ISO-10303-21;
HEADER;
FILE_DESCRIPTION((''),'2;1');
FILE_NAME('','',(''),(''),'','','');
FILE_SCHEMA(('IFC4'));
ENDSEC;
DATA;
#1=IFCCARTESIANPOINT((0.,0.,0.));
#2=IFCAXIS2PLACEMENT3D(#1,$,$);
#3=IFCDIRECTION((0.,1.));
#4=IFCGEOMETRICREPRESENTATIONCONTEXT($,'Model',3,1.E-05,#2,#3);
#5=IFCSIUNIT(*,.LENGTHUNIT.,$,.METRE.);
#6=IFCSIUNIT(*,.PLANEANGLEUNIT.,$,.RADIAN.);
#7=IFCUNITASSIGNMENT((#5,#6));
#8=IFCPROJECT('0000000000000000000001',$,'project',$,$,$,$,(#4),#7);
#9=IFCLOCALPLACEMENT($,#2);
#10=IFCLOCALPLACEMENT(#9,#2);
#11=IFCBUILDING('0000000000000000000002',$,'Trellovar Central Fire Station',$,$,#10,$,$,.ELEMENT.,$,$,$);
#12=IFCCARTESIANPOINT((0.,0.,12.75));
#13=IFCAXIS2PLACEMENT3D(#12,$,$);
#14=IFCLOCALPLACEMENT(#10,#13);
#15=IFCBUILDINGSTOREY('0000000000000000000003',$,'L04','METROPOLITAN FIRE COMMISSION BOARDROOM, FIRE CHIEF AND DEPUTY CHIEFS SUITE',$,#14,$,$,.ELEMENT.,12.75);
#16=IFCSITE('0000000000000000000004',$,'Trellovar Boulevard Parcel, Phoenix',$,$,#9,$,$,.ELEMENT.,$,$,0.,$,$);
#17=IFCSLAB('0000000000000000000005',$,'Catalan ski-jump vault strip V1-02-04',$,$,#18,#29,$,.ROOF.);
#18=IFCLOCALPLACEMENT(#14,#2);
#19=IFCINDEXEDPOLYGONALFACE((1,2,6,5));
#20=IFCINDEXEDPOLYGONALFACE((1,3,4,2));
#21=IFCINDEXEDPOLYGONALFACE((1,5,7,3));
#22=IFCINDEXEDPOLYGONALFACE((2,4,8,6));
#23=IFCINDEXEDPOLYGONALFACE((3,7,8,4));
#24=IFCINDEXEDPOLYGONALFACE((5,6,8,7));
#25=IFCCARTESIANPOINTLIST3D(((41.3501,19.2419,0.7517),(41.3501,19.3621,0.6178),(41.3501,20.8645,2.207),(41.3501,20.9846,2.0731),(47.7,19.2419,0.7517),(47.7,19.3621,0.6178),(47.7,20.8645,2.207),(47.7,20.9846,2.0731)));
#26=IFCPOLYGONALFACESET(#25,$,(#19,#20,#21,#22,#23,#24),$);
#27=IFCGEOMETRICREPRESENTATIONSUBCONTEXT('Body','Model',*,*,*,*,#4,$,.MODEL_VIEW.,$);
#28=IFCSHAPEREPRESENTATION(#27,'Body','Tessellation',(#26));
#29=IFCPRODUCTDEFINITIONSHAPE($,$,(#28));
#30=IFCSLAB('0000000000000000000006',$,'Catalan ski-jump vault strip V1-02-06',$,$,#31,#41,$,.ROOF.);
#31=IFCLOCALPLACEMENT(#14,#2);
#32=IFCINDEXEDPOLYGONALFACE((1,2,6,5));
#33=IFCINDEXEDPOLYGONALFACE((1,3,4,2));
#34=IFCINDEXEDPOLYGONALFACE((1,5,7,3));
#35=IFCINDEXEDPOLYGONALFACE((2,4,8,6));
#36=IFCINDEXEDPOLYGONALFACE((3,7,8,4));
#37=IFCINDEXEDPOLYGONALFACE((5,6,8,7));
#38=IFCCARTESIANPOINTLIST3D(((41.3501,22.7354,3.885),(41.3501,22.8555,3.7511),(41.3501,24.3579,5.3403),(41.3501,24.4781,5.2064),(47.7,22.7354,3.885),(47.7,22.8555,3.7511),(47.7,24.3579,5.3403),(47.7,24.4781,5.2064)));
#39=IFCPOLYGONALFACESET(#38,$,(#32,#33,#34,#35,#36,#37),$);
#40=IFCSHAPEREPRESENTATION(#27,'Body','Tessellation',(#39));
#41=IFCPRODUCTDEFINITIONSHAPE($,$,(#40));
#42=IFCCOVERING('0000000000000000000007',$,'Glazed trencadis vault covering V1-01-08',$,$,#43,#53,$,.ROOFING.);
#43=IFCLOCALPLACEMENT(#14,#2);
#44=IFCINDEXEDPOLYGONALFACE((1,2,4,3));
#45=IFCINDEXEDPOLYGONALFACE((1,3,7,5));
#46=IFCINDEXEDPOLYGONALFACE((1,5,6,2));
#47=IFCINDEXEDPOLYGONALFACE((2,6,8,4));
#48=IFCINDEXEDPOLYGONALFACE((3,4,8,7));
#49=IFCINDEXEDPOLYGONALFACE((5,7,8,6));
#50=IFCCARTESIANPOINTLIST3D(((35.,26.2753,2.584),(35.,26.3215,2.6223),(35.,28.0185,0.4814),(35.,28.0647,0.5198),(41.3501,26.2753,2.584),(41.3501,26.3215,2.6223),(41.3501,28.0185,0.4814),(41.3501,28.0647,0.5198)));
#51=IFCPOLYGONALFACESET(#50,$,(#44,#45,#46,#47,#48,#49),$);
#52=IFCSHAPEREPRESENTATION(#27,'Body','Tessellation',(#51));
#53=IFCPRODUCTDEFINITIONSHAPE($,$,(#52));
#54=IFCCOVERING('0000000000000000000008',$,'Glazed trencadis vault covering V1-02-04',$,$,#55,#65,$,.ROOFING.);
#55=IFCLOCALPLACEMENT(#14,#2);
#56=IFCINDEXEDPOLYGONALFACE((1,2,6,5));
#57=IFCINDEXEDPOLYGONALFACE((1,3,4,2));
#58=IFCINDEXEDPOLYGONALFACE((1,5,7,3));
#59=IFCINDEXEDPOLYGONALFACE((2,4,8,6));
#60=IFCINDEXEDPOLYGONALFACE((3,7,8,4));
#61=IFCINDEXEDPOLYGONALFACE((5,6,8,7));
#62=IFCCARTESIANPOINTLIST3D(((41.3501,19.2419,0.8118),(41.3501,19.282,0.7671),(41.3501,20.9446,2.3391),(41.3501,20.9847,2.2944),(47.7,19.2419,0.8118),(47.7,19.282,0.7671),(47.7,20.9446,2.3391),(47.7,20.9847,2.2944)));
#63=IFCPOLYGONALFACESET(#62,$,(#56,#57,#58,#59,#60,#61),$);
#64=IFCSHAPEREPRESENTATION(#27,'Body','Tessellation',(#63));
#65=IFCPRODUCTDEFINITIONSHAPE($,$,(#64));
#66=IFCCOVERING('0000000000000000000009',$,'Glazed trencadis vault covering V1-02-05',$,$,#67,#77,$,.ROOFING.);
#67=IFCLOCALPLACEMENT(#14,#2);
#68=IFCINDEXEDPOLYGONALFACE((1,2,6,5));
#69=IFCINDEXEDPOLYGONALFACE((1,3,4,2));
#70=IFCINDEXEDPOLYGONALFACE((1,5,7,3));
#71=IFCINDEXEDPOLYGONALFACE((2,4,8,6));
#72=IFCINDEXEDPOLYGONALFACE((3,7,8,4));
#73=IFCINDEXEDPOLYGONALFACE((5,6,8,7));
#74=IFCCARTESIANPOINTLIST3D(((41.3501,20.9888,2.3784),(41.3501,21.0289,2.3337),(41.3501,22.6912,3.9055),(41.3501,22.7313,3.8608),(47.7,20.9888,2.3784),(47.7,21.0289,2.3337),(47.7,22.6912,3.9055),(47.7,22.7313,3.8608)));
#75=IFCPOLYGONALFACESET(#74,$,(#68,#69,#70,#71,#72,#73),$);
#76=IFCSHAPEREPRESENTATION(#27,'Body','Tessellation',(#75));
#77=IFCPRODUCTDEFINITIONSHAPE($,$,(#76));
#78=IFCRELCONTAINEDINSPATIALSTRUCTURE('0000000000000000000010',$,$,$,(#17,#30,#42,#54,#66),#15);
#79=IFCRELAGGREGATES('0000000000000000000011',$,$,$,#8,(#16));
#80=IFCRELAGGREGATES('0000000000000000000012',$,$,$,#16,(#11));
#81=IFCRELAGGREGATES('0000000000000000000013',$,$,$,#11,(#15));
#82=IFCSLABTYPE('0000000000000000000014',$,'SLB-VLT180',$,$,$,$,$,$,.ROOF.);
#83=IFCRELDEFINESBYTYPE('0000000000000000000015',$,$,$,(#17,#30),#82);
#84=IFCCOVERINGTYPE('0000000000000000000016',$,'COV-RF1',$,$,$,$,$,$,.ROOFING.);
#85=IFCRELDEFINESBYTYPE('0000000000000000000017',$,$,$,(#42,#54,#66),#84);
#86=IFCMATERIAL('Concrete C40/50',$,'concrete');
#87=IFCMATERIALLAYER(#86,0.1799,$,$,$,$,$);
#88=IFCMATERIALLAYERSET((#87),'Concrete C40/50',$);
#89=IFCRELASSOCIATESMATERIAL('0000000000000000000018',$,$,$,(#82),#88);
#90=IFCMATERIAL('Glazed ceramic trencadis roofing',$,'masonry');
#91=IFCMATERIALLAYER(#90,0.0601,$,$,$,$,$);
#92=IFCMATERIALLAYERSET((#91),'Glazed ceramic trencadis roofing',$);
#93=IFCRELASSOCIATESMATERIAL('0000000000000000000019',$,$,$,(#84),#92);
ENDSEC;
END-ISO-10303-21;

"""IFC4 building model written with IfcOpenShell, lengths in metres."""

from ifc_helpers import new_model, si_unit, direction, frame, origin, place, context, subcontext, project, spatial, polyline, outline, extrude, material, layer, layer_set, type_object, element, save


model = new_model("IFC4")

# Units and contexts
model_context = context("Model", 3, precision=1e-05, world=origin(), true_north=direction((0.0, 1.0)))
body_context = subcontext(model_context, "Body", "Model", "MODEL_VIEW")
ifc_project = project(units=[si_unit("LENGTHUNIT", "METRE"), si_unit("PLANEANGLEUNIT", "RADIAN")], contexts=[model_context])

# Site, building, storey
site_placement = place(None, origin())
site = spatial("IfcSite", under=ifc_project, at=site_placement, Name="Trellovar Boulevard Parcel, Phoenix", CompositionType="ELEMENT", RefElevation=0.0)
building_placement = place(site_placement, origin())
building = spatial("IfcBuilding", under=site, at=building_placement, Name="Trellovar Central Fire Station", CompositionType="ELEMENT")
storey_placement = place(building_placement, frame((0.0, 0.0, 12.75)))
storey = spatial("IfcBuildingStorey", under=building, at=storey_placement, Name="L04", Description="METROPOLITAN FIRE COMMISSION BOARDROOM, FIRE CHIEF AND DEPUTY CHIEFS SUITE", CompositionType="ELEMENT", Elevation=12.75)

# Slabs
ifc_material_1 = material(Name="Concrete C40/50", Category="concrete")
ifc_layer_1 = layer(ifc_material_1, 0.1799)
ifc_layer_set_1 = layer_set([ifc_layer_1], Name="Concrete C40/50")
slab_type = type_object("IfcSlabType", Name="SLB-VLT180", PredefinedType="ROOF", material=ifc_layer_set_1)
for number, where, z_axis, x_axis, name in (
    (1, (41.3501, 19.2419, 0.7517), (0.0, -0.667701, 0.744429), (1.0, 0.0, 0.0), "Catalan ski-jump vault strip V1-02-04"),
    (2, (41.3501, 22.7354, 3.885), (0.0, -0.667701, 0.744429), (1.0, 0.0, 0.0), "Catalan ski-jump vault strip V1-02-06"),
):
    element("IfcSlab", number, at=place(storey_placement, frame(where, z_axis=z_axis, x_axis=x_axis)), inside=storey, type_object=slab_type, Name=name, PredefinedType="ROOF", context=body_context, shape_type="SweptSolid", body=[
        extrude(outline(polyline([(0.0, 0.0), (6.3499, 0.0), (6.3499, 2.1796), (0.0, 2.1796), (0.0, 0.0)])), origin(), (0.0, 0.0, -1.0), 0.1799),
    ])

# Coverings
ifc_material_2 = material(Name="Glazed ceramic trencadis roofing", Category="masonry")
ifc_layer_2 = layer(ifc_material_2, 0.0601)
ifc_layer_set_2 = layer_set([ifc_layer_2], Name="Glazed ceramic trencadis roofing")
covering_type = type_object("IfcCoveringType", Name="COV-RF1", PredefinedType="ROOFING", material=ifc_layer_set_2)
covering_1_placement = place(storey_placement, frame((35.0, 26.3215, 2.6223), z_axis=(0.0, 0.769831, 0.638248), x_axis=(1.0, 0.0, 0.0)))
element("IfcCovering", 3, at=covering_1_placement, inside=storey, type_object=covering_type, Name="Glazed trencadis vault covering V1-01-08", PredefinedType="ROOFING", context=body_context, shape_type="SweptSolid", body=[
    extrude(outline(polyline([(0.0, 0.0), (6.3501, 0.0), (6.3501, 2.7312), (0.0, 2.7312), (0.0, 0.0)])), origin(), (0.0, 0.0, -1.0), 0.0601),
])
covering_2_placement = place(storey_placement, frame((41.3501, 19.2419, 0.8118), z_axis=(0.0, -0.667749, 0.744386), x_axis=(1.0, 0.0, 0.0)))
element("IfcCovering", 4, at=covering_2_placement, inside=storey, type_object=covering_type, Name="Glazed trencadis vault covering V1-02-04", PredefinedType="ROOFING", context=body_context, shape_type="SweptSolid", body=[
    extrude(outline(polyline([(0.0, 0.0), (6.3499, 0.0), (6.3499, 2.2873), (0.0, 2.2873), (0.0, 0.0)])), origin(), (0.0, 0.0, -1.0), 0.0601),
])
covering_3_placement = place(storey_placement, frame((41.3501, 20.9888, 2.3784), z_axis=(0.0, -0.667743, 0.744392), x_axis=(1.0, 0.0, 0.0)))
element("IfcCovering", 5, at=covering_3_placement, inside=storey, type_object=covering_type, Name="Glazed trencadis vault covering V1-02-05", PredefinedType="ROOFING", context=body_context, shape_type="SweptSolid", body=[
    extrude(outline(polyline([(0.0, 0.0), (6.3499, 0.0), (6.3499, 2.287), (0.0, 2.287), (0.0, 0.0)])), origin(), (0.0, 0.0, -1.0), 0.0601),
])

save(model, "model.ifc")
